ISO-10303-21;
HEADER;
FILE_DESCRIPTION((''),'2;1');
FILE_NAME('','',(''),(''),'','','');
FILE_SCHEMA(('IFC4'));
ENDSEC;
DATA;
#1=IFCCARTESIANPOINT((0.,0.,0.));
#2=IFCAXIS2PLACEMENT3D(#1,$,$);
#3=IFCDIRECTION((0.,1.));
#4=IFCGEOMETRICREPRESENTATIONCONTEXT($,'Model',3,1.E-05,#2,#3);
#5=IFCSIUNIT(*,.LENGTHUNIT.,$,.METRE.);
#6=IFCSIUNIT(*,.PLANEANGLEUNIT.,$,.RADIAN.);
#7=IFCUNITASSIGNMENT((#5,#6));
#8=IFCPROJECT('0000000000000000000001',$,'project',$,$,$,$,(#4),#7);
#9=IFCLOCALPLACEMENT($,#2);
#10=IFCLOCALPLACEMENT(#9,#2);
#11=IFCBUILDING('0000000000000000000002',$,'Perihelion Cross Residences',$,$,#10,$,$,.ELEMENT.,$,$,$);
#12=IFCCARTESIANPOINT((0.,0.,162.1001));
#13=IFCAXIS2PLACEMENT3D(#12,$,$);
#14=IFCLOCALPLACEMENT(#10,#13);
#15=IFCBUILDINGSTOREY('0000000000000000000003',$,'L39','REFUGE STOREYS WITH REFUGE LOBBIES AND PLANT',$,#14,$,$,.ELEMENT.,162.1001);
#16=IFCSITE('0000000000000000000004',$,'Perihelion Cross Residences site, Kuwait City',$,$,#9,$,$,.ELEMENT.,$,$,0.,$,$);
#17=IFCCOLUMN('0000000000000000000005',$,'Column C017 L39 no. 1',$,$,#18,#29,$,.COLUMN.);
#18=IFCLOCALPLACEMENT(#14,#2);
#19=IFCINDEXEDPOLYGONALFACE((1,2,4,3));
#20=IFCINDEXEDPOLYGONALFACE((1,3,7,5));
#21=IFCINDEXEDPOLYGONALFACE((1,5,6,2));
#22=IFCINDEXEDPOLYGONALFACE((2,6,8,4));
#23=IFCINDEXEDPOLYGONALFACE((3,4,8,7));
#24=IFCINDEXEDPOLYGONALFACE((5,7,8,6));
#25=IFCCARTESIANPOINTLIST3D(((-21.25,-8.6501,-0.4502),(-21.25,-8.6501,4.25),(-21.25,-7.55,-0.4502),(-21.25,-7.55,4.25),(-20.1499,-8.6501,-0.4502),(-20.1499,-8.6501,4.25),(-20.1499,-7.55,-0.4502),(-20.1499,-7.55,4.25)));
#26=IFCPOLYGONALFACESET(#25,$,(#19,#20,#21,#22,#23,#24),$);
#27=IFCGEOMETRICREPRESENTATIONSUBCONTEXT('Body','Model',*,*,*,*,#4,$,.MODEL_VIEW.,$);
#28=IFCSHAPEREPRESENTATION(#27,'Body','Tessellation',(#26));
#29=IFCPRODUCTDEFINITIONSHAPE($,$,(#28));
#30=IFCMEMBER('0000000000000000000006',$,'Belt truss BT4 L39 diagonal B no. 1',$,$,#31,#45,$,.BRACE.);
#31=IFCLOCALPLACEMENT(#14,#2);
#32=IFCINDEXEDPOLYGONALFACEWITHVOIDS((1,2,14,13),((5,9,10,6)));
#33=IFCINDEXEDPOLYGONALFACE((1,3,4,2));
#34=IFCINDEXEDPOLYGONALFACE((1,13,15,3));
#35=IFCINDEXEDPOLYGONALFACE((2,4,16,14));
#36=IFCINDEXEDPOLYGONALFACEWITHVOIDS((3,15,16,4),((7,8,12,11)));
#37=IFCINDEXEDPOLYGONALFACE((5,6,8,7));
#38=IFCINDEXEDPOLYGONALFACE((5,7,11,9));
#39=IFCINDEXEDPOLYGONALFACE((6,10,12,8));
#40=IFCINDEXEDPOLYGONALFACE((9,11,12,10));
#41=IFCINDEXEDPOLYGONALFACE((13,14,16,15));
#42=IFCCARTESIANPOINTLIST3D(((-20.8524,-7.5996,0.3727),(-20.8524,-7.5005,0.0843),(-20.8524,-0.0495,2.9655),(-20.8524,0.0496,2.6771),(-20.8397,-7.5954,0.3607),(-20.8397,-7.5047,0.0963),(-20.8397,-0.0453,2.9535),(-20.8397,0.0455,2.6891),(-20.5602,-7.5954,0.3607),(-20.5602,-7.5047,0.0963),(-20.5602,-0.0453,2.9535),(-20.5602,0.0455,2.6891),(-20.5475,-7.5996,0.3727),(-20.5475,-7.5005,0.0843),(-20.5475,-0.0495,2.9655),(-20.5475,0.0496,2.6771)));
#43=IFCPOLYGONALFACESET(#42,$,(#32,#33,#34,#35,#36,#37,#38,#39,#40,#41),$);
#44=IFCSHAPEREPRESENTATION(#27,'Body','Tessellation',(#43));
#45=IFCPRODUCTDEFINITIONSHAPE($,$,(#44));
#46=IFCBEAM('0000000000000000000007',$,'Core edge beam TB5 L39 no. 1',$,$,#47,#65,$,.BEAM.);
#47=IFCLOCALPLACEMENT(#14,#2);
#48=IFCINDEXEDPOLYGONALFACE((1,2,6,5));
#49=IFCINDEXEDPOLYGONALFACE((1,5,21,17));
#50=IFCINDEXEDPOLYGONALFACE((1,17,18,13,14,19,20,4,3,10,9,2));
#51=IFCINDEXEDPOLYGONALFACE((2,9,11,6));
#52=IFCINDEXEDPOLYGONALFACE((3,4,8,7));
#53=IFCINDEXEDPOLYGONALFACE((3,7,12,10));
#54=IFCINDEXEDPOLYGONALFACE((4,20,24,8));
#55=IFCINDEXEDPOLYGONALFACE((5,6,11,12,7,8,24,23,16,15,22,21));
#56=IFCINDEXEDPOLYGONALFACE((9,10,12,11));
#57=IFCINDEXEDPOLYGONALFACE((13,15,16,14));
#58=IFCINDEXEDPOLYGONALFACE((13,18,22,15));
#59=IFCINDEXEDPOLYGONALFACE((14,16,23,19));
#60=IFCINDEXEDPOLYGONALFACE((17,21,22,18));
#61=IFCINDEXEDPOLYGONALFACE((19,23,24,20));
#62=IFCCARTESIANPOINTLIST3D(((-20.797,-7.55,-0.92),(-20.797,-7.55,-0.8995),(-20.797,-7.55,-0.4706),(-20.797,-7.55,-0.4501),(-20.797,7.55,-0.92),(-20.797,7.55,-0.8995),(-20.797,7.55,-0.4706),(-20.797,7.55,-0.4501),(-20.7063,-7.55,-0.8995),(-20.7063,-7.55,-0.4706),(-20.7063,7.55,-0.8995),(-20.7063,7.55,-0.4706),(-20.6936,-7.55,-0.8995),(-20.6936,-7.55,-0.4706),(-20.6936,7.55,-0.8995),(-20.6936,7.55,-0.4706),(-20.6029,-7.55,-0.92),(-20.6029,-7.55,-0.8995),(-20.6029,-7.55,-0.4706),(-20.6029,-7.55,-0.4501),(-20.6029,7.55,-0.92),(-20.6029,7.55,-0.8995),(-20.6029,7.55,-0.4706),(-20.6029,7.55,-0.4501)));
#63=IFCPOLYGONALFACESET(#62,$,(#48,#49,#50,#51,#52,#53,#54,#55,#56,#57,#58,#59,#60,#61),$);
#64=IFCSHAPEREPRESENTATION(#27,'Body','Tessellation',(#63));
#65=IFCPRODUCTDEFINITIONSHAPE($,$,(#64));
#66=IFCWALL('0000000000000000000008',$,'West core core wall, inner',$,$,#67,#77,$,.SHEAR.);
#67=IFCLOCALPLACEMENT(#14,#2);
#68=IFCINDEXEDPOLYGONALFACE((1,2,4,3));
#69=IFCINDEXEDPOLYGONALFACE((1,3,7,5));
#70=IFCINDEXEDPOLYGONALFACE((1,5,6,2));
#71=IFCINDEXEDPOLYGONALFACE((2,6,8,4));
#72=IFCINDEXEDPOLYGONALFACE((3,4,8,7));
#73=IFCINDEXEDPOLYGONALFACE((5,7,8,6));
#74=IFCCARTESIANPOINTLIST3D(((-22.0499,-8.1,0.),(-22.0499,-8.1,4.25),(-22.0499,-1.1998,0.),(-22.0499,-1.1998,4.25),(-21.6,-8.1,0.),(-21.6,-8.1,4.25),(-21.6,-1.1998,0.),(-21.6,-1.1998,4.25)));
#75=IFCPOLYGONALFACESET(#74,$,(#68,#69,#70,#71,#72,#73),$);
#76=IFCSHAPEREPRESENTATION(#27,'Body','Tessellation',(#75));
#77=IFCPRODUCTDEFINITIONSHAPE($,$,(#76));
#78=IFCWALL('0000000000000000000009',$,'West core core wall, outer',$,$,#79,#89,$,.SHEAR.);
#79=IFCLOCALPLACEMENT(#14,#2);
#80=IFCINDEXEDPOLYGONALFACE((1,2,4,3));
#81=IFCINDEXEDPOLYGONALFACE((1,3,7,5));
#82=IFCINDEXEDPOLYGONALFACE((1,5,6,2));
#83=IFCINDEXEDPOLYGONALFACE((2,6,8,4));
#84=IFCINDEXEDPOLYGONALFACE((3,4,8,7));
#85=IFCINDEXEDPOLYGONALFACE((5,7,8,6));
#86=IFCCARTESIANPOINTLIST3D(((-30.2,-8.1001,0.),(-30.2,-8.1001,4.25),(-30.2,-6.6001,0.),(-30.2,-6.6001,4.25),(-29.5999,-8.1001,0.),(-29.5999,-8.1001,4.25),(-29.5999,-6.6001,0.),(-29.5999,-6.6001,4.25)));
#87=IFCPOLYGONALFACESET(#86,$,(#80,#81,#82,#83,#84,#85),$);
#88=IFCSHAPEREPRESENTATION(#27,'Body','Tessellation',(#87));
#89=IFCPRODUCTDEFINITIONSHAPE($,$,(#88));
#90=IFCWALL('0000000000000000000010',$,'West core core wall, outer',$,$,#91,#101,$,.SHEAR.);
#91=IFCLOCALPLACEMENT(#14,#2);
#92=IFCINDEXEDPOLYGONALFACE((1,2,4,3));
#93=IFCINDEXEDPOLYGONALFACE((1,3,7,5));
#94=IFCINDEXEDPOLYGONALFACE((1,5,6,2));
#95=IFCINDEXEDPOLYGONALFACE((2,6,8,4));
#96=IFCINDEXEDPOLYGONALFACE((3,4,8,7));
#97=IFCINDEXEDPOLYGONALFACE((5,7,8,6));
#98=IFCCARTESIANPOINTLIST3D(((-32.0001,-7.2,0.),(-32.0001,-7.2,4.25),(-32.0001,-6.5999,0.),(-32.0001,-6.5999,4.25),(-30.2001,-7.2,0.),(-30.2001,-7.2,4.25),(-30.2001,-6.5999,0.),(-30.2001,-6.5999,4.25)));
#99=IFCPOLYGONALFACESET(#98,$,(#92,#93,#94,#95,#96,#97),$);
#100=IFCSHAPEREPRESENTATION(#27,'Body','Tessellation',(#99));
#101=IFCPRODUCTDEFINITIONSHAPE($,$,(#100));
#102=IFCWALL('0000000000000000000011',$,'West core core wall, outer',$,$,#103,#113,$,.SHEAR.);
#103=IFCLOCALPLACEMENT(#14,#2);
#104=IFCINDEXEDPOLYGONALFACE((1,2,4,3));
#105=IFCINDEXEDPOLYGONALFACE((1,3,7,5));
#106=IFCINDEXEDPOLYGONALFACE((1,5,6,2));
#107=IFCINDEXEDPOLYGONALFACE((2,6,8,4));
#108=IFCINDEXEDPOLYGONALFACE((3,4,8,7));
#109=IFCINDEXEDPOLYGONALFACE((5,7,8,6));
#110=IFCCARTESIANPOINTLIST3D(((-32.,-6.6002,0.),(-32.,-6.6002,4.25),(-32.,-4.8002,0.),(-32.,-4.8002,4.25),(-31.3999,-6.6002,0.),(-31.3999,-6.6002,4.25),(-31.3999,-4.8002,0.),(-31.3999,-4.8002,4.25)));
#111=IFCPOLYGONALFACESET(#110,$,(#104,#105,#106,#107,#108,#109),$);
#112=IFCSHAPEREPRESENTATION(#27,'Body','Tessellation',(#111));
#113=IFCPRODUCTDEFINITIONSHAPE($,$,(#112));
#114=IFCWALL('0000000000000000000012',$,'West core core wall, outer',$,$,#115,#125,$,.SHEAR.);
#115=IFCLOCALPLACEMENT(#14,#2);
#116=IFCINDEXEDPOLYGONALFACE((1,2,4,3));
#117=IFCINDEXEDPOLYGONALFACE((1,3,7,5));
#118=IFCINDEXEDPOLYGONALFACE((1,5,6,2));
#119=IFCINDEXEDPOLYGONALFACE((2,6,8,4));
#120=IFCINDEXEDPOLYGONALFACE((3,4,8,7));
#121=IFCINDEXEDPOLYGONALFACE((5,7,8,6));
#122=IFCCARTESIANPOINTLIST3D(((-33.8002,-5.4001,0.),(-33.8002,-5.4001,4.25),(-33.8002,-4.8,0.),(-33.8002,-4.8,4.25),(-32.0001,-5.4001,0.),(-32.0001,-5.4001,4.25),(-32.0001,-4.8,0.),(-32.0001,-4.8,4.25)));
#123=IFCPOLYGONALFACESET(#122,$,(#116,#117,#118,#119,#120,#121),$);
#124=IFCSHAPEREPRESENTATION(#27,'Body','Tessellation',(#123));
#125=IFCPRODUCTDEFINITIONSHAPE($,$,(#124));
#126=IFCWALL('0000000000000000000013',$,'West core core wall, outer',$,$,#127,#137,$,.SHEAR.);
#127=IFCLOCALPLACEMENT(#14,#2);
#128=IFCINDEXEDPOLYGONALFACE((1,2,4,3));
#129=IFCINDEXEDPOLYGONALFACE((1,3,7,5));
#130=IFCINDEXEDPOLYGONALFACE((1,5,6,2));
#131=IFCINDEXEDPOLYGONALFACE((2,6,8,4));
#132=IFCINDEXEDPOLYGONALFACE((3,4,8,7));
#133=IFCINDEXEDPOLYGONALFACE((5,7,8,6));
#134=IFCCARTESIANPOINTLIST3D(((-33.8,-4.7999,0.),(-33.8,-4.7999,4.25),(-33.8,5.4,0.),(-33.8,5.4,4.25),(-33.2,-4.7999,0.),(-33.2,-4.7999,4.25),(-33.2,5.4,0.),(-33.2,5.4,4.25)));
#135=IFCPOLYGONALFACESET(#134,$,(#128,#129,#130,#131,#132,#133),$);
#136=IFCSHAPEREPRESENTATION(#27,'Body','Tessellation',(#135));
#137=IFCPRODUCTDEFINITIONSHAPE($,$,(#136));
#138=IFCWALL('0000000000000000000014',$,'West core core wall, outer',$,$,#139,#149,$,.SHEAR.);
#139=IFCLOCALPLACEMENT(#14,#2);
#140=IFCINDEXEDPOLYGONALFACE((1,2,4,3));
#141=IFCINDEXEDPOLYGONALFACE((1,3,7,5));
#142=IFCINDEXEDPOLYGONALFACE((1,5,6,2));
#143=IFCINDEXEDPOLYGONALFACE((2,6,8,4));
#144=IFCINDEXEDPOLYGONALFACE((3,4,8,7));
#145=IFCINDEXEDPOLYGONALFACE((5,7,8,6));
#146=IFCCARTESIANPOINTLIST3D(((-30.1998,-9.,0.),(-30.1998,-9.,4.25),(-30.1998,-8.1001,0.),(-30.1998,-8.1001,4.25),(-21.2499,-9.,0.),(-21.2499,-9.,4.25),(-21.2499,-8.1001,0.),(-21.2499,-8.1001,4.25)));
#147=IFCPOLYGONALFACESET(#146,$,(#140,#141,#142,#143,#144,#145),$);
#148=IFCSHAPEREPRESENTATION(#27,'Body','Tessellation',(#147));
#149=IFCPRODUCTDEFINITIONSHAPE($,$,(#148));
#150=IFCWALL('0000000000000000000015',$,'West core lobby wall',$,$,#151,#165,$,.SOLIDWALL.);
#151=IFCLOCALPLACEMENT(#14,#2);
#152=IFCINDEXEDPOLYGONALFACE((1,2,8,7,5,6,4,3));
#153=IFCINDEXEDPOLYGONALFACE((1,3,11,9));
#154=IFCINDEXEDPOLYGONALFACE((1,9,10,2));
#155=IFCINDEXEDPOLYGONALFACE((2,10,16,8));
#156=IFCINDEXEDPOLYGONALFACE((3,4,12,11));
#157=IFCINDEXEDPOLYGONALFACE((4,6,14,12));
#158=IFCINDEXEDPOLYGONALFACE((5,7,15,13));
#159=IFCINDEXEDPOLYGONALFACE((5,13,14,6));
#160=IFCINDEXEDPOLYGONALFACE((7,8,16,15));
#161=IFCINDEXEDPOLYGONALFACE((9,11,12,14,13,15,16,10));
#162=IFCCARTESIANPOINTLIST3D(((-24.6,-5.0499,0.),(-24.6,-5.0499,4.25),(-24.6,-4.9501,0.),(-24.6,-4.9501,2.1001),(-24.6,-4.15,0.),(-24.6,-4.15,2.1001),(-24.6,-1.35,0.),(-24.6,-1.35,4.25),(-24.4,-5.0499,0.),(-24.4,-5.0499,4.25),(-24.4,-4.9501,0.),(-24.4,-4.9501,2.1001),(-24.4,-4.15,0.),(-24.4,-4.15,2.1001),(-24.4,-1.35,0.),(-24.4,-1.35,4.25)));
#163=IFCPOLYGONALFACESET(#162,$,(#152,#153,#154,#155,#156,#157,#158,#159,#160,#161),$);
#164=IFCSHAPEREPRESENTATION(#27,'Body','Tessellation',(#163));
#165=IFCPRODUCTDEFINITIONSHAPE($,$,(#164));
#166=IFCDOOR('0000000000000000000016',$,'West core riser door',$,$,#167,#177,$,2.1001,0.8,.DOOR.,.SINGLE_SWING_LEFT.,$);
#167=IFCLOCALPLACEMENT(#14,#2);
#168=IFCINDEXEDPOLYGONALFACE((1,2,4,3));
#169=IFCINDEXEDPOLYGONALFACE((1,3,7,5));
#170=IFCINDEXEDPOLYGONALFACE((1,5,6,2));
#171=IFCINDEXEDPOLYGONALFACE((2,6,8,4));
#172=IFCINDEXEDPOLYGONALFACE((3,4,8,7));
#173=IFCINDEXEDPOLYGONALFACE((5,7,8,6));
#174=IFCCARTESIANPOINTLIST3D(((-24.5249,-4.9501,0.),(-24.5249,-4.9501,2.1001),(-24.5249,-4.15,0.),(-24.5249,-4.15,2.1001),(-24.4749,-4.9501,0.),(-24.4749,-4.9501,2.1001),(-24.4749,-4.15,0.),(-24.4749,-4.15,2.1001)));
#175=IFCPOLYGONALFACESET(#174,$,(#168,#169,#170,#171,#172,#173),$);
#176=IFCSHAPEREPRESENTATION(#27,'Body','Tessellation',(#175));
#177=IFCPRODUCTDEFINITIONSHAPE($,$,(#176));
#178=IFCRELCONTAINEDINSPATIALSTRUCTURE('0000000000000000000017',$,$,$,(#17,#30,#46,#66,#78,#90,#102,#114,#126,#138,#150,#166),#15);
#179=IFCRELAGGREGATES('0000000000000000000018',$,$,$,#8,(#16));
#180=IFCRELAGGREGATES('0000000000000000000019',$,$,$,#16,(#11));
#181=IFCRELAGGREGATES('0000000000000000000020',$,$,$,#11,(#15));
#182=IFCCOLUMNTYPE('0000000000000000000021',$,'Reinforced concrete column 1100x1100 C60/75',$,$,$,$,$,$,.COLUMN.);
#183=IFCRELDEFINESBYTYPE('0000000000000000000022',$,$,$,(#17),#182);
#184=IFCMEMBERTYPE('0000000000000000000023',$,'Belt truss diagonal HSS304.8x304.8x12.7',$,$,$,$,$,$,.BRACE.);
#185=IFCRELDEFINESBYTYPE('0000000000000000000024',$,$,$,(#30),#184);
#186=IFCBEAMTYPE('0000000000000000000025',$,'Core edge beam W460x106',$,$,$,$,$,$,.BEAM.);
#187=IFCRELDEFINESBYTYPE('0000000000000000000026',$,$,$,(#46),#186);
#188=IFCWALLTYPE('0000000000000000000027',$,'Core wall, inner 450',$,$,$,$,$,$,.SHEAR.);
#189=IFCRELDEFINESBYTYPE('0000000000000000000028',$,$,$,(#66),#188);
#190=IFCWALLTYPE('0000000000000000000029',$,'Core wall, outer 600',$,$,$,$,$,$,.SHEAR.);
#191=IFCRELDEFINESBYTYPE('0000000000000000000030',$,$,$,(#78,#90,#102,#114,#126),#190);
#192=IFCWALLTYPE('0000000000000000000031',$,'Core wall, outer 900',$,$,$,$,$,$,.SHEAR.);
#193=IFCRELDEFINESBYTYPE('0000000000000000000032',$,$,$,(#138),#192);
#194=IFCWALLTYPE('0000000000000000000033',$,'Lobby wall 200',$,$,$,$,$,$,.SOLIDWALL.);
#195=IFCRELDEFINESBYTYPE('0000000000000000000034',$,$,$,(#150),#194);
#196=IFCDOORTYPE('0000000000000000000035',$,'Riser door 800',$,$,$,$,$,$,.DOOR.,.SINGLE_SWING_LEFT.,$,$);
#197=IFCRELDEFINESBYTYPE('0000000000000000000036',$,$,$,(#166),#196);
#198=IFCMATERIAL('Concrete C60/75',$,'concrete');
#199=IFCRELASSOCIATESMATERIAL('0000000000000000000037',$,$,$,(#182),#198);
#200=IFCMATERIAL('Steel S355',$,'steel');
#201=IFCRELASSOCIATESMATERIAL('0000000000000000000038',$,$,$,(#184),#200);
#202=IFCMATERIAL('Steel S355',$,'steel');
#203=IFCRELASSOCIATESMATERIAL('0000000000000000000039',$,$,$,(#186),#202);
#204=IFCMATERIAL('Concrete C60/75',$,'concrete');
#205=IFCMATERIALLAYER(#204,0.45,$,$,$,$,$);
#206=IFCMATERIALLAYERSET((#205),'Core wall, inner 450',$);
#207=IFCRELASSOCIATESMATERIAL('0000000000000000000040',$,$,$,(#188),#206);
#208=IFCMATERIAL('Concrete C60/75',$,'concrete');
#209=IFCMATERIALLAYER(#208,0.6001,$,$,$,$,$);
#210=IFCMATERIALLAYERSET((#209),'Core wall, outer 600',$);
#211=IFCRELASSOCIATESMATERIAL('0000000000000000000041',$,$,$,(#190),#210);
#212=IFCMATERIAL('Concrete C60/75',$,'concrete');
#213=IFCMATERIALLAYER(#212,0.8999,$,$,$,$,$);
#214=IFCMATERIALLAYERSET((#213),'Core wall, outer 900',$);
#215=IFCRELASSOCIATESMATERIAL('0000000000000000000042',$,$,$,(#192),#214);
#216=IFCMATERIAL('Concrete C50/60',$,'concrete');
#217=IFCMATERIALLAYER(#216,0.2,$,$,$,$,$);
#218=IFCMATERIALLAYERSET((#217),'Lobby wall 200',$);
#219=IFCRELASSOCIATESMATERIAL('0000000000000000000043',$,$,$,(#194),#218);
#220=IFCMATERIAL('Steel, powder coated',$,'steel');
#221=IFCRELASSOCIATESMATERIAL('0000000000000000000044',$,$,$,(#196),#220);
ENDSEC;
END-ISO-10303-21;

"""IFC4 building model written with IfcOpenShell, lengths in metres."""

from ifc_helpers import new_model, si_unit, direction, frame, frame_2d, origin, origin_2d, place, context, subcontext, project, spatial, rectangle, hollow_rectangle, i_section, extrude, material, layer, layer_set, material_profile, profile_set, type_object, element, fill, save


model = new_model("IFC4")

# Units and contexts
model_context = context("Model", 3, precision=1e-05, world=origin(), true_north=direction((0.0, 1.0)))
body_context = subcontext(model_context, "Body", "Model", "MODEL_VIEW")
ifc_project = project(units=[si_unit("LENGTHUNIT", "METRE"), si_unit("PLANEANGLEUNIT", "RADIAN")], contexts=[model_context])

# Site, building, storey
site_placement = place(None, origin())
site = spatial("IfcSite", under=ifc_project, at=site_placement, Name="Perihelion Cross Residences site, Kuwait City", CompositionType="ELEMENT", RefElevation=0.0)
building_placement = place(site_placement, origin())
building = spatial("IfcBuilding", under=site, at=building_placement, Name="Perihelion Cross Residences", CompositionType="ELEMENT")
storey_placement = place(building_placement, frame((0.0, 0.0, 162.1001)))
storey = spatial("IfcBuildingStorey", under=building, at=storey_placement, Name="L39", Description="REFUGE STOREYS WITH REFUGE LOBBIES AND PLANT", CompositionType="ELEMENT", Elevation=162.1001)

# Column
ifc_material_1 = material(Name="Concrete C60/75", Category="concrete")
ifc_material_profile_1 = material_profile(ifc_material_1, rectangle(XDim=1.1001, YDim=1.1001, at=origin_2d()), Name="RC 1100x1100")
ifc_profile_set_1 = profile_set([ifc_material_profile_1], Name="Concrete C60/75")
column_type = type_object("IfcColumnType", Name="Reinforced concrete column 1100x1100 C60/75", PredefinedType="COLUMN", material=ifc_profile_set_1)
column_placement = place(storey_placement, frame((-20.7, -8.1001, -0.4502), z_axis=(0.0, 0.0, 1.0), x_axis=(1.0, 0.0, 0.0)))
element("IfcColumn", 1, at=column_placement, inside=storey, type_object=column_type, Name="Column C017 L39 no. 1", PredefinedType="COLUMN", context=body_context, shape_type="SweptSolid", body=[
    extrude(rectangle(XDim=1.1001, YDim=1.1001, at=origin_2d()), origin(), (0.0, 0.0, 1.0), 4.7002),
])

# Member
ifc_material_2 = material(Name="Steel S355", Category="steel")
ifc_material_profile_2 = material_profile(ifc_material_2, hollow_rectangle(XDim=0.3049, YDim=0.3049, WallThickness=0.0127, at=origin_2d()), Name="HSS304.8x304.8x12.7")
ifc_profile_set_2 = profile_set([ifc_material_profile_2], Name="Steel S355")
member_type = type_object("IfcMemberType", Name="Belt truss diagonal HSS304.8x304.8x12.7", PredefinedType="BRACE", material=ifc_profile_set_2)
member_placement = place(storey_placement, frame((-20.7, -7.55, 0.2285), z_axis=(0.0, 0.945785, 0.324793), x_axis=(-1.0, 0.0, 0.0)))
element("IfcMember", 2, at=member_placement, inside=storey, type_object=member_type, Name="Belt truss BT4 L39 diagonal B no. 1", PredefinedType="BRACE", context=body_context, shape_type="SweptSolid", body=[
    extrude(hollow_rectangle(XDim=0.3049, YDim=0.3049, WallThickness=0.0127, at=origin_2d()), origin(), (0.0, 0.0, 1.0), 7.9829),
])

# Beam
ifc_material_3 = material(Name="Steel S355", Category="steel")
ifc_material_profile_3 = material_profile(ifc_material_3, i_section(OverallWidth=0.1941, OverallDepth=0.47, WebThickness=0.0127, FlangeThickness=0.0205, at=origin_2d()), Name="W460x106")
ifc_profile_set_3 = profile_set([ifc_material_profile_3], Name="Steel S355")
beam_type = type_object("IfcBeamType", Name="Core edge beam W460x106", PredefinedType="BEAM", material=ifc_profile_set_3)
beam_placement = place(storey_placement, frame((-20.7, -7.55, -0.6851), z_axis=(0.0, 1.0, 0.0), x_axis=(-1.0, 0.0, 0.0)))
element("IfcBeam", 3, at=beam_placement, inside=storey, type_object=beam_type, Name="Core edge beam TB5 L39 no. 1", PredefinedType="BEAM", context=body_context, shape_type="SweptSolid", body=[
    extrude(i_section(OverallWidth=0.1941, OverallDepth=0.47, WebThickness=0.0127, FlangeThickness=0.0205, at=origin_2d()), origin(), (0.0, 0.0, 1.0), 15.1001),
])

# Walls
ifc_material_4 = material(Name="Concrete C60/75", Category="concrete")
ifc_layer_1 = layer(ifc_material_4, 0.45)
ifc_layer_set_1 = layer_set([ifc_layer_1], Name="Core wall, inner 450")
wall_type_1 = type_object("IfcWallType", Name="Core wall, inner 450", PredefinedType="SHEAR", material=ifc_layer_set_1)
wall_1_placement = place(storey_placement, frame((-21.825, -8.1001, 0.0), z_axis=(0.0, 0.0, 1.0), x_axis=(0.0, 1.0, 0.0)))
element("IfcWall", 4, at=wall_1_placement, inside=storey, type_object=wall_type_1, Name="West core core wall, inner", PredefinedType="SHEAR", context=body_context, shape_type="SweptSolid", body=[
    extrude(rectangle(XDim=6.9001, YDim=0.45, at=frame_2d((3.4502, 0.0))), origin(), (0.0, 0.0, 1.0), 4.25),
])
ifc_material_5 = material(Name="Concrete C60/75", Category="concrete")
ifc_layer_2 = layer(ifc_material_5, 0.6001)
ifc_layer_set_2 = layer_set([ifc_layer_2], Name="Core wall, outer 600")
wall_type_2 = type_object("IfcWallType", Name="Core wall, outer 600", PredefinedType="SHEAR", material=ifc_layer_set_2)
wall_2_placement = place(storey_placement, frame((-29.8999, -8.1001, 0.0), z_axis=(0.0, 0.0, 1.0), x_axis=(0.0, 1.0, 0.0)))
element("IfcWall", 5, at=wall_2_placement, inside=storey, type_object=wall_type_2, Name="West core core wall, outer", PredefinedType="SHEAR", context=body_context, shape_type="SweptSolid", body=[
    extrude(rectangle(XDim=1.5, YDim=0.6001, at=frame_2d((0.75, 0.0))), origin(), (0.0, 0.0, 1.0), 4.25),
])
for number, where, z_axis, x_axis, name in (
    (6, (-32.0, -6.8999, 0.0), (0.0, 0.0, 1.0), (1.0, 0.0, 0.0), "West core core wall, outer"),
    (7, (-31.7, -6.6001, 0.0), (0.0, 0.0, 1.0), (0.0, 1.0, 0.0), "West core core wall, outer"),
    (8, (-33.8, -5.1001, 0.0), (0.0, 0.0, 1.0), (1.0, 0.0, 0.0), "West core core wall, outer"),
):
    element("IfcWall", number, at=place(storey_placement, frame(where, z_axis=z_axis, x_axis=x_axis)), inside=storey, type_object=wall_type_2, Name=name, PredefinedType="SHEAR", context=body_context, shape_type="SweptSolid", body=[
        extrude(rectangle(XDim=1.8, YDim=0.6001, at=frame_2d((0.8999, 0.0))), origin(), (0.0, 0.0, 1.0), 4.25),
    ])
wall_3_placement = place(storey_placement, frame((-33.5, -4.8, 0.0), z_axis=(0.0, 0.0, 1.0), x_axis=(0.0, 1.0, 0.0)))
element("IfcWall", 9, at=wall_3_placement, inside=storey, type_object=wall_type_2, Name="West core core wall, outer", PredefinedType="SHEAR", context=body_context, shape_type="SweptSolid", body=[
    extrude(rectangle(XDim=10.2, YDim=0.6001, at=frame_2d((5.1001, 0.0))), origin(), (0.0, 0.0, 1.0), 4.25),
])
ifc_material_6 = material(Name="Concrete C60/75", Category="concrete")
ifc_layer_3 = layer(ifc_material_6, 0.8999)
ifc_layer_set_3 = layer_set([ifc_layer_3], Name="Core wall, outer 900")
wall_type_3 = type_object("IfcWallType", Name="Core wall, outer 900", PredefinedType="SHEAR", material=ifc_layer_set_3)
wall_4_placement = place(storey_placement, frame((-30.2, -8.55, 0.0), z_axis=(0.0, 0.0, 1.0), x_axis=(1.0, 0.0, 0.0)))
element("IfcWall", 10, at=wall_4_placement, inside=storey, type_object=wall_type_3, Name="West core core wall, outer", PredefinedType="SHEAR", context=body_context, shape_type="SweptSolid", body=[
    extrude(rectangle(XDim=8.95, YDim=0.8999, at=frame_2d((4.4751, 0.0))), origin(), (0.0, 0.0, 1.0), 4.25),
])

# Wall, opening, door
ifc_material_7 = material(Name="Concrete C50/60", Category="concrete")
ifc_layer_4 = layer(ifc_material_7, 0.2)
ifc_layer_set_4 = layer_set([ifc_layer_4], Name="Lobby wall 200")
wall_type_4 = type_object("IfcWallType", Name="Lobby wall 200", PredefinedType="SOLIDWALL", material=ifc_layer_set_4)
wall_5_placement = place(storey_placement, frame((-24.5, -5.05, 0.0), z_axis=(0.0, 0.0, 1.0), x_axis=(0.0, 1.0, 0.0)))
wall_5 = element("IfcWall", 11, at=wall_5_placement, inside=storey, type_object=wall_type_4, Name="West core lobby wall", PredefinedType="SOLIDWALL", context=body_context, shape_type="SweptSolid", body=[
    extrude(rectangle(XDim=3.7, YDim=0.2, at=frame_2d((1.8501, 0.0))), origin(), (0.0, 0.0, 1.0), 4.25),
])
opening_1_placement = place(wall_5_placement, frame((0.1001, 0.0, 0.0)))
opening_1 = element("IfcOpeningElement", 12, at=opening_1_placement, cuts=wall_5, PredefinedType="OPENING", context=body_context, shape_type="SweptSolid", body=[
    extrude(rectangle(XDim=0.8, YDim=2.1001, at=frame_2d((0.3999, 1.05))), frame((0.0, 0.1099, 0.0), z_axis=(0.0, -1.0, 0.0), x_axis=(1.0, 0.0, 0.0)), (0.0, 0.0, 1.0), 0.22),
])
ifc_material_8 = material(Name="Steel, powder coated", Category="steel")
door_type_1 = type_object("IfcDoorType", Name="Riser door 800", OperationType="SINGLE_SWING_LEFT", PredefinedType="DOOR", material=ifc_material_8)
door_1_placement = place(opening_1_placement, origin())
door_1 = element("IfcDoor", 13, at=door_1_placement, inside=storey, type_object=door_type_1, Name="West core riser door", OperationType="SINGLE_SWING_LEFT", OverallHeight=2.1001, OverallWidth=0.8, PredefinedType="DOOR", context=body_context, shape_type="SweptSolid", body=[
    extrude(rectangle(XDim=0.8, YDim=2.1001, at=frame_2d((0.3999, 1.05))), frame((0.0, 0.0249, 0.0), z_axis=(0.0, -1.0, 0.0), x_axis=(1.0, 0.0, 0.0)), (0.0, 0.0, 1.0), 0.05),
])
fill(opening_1, door_1)

save(model, "model.ifc")
